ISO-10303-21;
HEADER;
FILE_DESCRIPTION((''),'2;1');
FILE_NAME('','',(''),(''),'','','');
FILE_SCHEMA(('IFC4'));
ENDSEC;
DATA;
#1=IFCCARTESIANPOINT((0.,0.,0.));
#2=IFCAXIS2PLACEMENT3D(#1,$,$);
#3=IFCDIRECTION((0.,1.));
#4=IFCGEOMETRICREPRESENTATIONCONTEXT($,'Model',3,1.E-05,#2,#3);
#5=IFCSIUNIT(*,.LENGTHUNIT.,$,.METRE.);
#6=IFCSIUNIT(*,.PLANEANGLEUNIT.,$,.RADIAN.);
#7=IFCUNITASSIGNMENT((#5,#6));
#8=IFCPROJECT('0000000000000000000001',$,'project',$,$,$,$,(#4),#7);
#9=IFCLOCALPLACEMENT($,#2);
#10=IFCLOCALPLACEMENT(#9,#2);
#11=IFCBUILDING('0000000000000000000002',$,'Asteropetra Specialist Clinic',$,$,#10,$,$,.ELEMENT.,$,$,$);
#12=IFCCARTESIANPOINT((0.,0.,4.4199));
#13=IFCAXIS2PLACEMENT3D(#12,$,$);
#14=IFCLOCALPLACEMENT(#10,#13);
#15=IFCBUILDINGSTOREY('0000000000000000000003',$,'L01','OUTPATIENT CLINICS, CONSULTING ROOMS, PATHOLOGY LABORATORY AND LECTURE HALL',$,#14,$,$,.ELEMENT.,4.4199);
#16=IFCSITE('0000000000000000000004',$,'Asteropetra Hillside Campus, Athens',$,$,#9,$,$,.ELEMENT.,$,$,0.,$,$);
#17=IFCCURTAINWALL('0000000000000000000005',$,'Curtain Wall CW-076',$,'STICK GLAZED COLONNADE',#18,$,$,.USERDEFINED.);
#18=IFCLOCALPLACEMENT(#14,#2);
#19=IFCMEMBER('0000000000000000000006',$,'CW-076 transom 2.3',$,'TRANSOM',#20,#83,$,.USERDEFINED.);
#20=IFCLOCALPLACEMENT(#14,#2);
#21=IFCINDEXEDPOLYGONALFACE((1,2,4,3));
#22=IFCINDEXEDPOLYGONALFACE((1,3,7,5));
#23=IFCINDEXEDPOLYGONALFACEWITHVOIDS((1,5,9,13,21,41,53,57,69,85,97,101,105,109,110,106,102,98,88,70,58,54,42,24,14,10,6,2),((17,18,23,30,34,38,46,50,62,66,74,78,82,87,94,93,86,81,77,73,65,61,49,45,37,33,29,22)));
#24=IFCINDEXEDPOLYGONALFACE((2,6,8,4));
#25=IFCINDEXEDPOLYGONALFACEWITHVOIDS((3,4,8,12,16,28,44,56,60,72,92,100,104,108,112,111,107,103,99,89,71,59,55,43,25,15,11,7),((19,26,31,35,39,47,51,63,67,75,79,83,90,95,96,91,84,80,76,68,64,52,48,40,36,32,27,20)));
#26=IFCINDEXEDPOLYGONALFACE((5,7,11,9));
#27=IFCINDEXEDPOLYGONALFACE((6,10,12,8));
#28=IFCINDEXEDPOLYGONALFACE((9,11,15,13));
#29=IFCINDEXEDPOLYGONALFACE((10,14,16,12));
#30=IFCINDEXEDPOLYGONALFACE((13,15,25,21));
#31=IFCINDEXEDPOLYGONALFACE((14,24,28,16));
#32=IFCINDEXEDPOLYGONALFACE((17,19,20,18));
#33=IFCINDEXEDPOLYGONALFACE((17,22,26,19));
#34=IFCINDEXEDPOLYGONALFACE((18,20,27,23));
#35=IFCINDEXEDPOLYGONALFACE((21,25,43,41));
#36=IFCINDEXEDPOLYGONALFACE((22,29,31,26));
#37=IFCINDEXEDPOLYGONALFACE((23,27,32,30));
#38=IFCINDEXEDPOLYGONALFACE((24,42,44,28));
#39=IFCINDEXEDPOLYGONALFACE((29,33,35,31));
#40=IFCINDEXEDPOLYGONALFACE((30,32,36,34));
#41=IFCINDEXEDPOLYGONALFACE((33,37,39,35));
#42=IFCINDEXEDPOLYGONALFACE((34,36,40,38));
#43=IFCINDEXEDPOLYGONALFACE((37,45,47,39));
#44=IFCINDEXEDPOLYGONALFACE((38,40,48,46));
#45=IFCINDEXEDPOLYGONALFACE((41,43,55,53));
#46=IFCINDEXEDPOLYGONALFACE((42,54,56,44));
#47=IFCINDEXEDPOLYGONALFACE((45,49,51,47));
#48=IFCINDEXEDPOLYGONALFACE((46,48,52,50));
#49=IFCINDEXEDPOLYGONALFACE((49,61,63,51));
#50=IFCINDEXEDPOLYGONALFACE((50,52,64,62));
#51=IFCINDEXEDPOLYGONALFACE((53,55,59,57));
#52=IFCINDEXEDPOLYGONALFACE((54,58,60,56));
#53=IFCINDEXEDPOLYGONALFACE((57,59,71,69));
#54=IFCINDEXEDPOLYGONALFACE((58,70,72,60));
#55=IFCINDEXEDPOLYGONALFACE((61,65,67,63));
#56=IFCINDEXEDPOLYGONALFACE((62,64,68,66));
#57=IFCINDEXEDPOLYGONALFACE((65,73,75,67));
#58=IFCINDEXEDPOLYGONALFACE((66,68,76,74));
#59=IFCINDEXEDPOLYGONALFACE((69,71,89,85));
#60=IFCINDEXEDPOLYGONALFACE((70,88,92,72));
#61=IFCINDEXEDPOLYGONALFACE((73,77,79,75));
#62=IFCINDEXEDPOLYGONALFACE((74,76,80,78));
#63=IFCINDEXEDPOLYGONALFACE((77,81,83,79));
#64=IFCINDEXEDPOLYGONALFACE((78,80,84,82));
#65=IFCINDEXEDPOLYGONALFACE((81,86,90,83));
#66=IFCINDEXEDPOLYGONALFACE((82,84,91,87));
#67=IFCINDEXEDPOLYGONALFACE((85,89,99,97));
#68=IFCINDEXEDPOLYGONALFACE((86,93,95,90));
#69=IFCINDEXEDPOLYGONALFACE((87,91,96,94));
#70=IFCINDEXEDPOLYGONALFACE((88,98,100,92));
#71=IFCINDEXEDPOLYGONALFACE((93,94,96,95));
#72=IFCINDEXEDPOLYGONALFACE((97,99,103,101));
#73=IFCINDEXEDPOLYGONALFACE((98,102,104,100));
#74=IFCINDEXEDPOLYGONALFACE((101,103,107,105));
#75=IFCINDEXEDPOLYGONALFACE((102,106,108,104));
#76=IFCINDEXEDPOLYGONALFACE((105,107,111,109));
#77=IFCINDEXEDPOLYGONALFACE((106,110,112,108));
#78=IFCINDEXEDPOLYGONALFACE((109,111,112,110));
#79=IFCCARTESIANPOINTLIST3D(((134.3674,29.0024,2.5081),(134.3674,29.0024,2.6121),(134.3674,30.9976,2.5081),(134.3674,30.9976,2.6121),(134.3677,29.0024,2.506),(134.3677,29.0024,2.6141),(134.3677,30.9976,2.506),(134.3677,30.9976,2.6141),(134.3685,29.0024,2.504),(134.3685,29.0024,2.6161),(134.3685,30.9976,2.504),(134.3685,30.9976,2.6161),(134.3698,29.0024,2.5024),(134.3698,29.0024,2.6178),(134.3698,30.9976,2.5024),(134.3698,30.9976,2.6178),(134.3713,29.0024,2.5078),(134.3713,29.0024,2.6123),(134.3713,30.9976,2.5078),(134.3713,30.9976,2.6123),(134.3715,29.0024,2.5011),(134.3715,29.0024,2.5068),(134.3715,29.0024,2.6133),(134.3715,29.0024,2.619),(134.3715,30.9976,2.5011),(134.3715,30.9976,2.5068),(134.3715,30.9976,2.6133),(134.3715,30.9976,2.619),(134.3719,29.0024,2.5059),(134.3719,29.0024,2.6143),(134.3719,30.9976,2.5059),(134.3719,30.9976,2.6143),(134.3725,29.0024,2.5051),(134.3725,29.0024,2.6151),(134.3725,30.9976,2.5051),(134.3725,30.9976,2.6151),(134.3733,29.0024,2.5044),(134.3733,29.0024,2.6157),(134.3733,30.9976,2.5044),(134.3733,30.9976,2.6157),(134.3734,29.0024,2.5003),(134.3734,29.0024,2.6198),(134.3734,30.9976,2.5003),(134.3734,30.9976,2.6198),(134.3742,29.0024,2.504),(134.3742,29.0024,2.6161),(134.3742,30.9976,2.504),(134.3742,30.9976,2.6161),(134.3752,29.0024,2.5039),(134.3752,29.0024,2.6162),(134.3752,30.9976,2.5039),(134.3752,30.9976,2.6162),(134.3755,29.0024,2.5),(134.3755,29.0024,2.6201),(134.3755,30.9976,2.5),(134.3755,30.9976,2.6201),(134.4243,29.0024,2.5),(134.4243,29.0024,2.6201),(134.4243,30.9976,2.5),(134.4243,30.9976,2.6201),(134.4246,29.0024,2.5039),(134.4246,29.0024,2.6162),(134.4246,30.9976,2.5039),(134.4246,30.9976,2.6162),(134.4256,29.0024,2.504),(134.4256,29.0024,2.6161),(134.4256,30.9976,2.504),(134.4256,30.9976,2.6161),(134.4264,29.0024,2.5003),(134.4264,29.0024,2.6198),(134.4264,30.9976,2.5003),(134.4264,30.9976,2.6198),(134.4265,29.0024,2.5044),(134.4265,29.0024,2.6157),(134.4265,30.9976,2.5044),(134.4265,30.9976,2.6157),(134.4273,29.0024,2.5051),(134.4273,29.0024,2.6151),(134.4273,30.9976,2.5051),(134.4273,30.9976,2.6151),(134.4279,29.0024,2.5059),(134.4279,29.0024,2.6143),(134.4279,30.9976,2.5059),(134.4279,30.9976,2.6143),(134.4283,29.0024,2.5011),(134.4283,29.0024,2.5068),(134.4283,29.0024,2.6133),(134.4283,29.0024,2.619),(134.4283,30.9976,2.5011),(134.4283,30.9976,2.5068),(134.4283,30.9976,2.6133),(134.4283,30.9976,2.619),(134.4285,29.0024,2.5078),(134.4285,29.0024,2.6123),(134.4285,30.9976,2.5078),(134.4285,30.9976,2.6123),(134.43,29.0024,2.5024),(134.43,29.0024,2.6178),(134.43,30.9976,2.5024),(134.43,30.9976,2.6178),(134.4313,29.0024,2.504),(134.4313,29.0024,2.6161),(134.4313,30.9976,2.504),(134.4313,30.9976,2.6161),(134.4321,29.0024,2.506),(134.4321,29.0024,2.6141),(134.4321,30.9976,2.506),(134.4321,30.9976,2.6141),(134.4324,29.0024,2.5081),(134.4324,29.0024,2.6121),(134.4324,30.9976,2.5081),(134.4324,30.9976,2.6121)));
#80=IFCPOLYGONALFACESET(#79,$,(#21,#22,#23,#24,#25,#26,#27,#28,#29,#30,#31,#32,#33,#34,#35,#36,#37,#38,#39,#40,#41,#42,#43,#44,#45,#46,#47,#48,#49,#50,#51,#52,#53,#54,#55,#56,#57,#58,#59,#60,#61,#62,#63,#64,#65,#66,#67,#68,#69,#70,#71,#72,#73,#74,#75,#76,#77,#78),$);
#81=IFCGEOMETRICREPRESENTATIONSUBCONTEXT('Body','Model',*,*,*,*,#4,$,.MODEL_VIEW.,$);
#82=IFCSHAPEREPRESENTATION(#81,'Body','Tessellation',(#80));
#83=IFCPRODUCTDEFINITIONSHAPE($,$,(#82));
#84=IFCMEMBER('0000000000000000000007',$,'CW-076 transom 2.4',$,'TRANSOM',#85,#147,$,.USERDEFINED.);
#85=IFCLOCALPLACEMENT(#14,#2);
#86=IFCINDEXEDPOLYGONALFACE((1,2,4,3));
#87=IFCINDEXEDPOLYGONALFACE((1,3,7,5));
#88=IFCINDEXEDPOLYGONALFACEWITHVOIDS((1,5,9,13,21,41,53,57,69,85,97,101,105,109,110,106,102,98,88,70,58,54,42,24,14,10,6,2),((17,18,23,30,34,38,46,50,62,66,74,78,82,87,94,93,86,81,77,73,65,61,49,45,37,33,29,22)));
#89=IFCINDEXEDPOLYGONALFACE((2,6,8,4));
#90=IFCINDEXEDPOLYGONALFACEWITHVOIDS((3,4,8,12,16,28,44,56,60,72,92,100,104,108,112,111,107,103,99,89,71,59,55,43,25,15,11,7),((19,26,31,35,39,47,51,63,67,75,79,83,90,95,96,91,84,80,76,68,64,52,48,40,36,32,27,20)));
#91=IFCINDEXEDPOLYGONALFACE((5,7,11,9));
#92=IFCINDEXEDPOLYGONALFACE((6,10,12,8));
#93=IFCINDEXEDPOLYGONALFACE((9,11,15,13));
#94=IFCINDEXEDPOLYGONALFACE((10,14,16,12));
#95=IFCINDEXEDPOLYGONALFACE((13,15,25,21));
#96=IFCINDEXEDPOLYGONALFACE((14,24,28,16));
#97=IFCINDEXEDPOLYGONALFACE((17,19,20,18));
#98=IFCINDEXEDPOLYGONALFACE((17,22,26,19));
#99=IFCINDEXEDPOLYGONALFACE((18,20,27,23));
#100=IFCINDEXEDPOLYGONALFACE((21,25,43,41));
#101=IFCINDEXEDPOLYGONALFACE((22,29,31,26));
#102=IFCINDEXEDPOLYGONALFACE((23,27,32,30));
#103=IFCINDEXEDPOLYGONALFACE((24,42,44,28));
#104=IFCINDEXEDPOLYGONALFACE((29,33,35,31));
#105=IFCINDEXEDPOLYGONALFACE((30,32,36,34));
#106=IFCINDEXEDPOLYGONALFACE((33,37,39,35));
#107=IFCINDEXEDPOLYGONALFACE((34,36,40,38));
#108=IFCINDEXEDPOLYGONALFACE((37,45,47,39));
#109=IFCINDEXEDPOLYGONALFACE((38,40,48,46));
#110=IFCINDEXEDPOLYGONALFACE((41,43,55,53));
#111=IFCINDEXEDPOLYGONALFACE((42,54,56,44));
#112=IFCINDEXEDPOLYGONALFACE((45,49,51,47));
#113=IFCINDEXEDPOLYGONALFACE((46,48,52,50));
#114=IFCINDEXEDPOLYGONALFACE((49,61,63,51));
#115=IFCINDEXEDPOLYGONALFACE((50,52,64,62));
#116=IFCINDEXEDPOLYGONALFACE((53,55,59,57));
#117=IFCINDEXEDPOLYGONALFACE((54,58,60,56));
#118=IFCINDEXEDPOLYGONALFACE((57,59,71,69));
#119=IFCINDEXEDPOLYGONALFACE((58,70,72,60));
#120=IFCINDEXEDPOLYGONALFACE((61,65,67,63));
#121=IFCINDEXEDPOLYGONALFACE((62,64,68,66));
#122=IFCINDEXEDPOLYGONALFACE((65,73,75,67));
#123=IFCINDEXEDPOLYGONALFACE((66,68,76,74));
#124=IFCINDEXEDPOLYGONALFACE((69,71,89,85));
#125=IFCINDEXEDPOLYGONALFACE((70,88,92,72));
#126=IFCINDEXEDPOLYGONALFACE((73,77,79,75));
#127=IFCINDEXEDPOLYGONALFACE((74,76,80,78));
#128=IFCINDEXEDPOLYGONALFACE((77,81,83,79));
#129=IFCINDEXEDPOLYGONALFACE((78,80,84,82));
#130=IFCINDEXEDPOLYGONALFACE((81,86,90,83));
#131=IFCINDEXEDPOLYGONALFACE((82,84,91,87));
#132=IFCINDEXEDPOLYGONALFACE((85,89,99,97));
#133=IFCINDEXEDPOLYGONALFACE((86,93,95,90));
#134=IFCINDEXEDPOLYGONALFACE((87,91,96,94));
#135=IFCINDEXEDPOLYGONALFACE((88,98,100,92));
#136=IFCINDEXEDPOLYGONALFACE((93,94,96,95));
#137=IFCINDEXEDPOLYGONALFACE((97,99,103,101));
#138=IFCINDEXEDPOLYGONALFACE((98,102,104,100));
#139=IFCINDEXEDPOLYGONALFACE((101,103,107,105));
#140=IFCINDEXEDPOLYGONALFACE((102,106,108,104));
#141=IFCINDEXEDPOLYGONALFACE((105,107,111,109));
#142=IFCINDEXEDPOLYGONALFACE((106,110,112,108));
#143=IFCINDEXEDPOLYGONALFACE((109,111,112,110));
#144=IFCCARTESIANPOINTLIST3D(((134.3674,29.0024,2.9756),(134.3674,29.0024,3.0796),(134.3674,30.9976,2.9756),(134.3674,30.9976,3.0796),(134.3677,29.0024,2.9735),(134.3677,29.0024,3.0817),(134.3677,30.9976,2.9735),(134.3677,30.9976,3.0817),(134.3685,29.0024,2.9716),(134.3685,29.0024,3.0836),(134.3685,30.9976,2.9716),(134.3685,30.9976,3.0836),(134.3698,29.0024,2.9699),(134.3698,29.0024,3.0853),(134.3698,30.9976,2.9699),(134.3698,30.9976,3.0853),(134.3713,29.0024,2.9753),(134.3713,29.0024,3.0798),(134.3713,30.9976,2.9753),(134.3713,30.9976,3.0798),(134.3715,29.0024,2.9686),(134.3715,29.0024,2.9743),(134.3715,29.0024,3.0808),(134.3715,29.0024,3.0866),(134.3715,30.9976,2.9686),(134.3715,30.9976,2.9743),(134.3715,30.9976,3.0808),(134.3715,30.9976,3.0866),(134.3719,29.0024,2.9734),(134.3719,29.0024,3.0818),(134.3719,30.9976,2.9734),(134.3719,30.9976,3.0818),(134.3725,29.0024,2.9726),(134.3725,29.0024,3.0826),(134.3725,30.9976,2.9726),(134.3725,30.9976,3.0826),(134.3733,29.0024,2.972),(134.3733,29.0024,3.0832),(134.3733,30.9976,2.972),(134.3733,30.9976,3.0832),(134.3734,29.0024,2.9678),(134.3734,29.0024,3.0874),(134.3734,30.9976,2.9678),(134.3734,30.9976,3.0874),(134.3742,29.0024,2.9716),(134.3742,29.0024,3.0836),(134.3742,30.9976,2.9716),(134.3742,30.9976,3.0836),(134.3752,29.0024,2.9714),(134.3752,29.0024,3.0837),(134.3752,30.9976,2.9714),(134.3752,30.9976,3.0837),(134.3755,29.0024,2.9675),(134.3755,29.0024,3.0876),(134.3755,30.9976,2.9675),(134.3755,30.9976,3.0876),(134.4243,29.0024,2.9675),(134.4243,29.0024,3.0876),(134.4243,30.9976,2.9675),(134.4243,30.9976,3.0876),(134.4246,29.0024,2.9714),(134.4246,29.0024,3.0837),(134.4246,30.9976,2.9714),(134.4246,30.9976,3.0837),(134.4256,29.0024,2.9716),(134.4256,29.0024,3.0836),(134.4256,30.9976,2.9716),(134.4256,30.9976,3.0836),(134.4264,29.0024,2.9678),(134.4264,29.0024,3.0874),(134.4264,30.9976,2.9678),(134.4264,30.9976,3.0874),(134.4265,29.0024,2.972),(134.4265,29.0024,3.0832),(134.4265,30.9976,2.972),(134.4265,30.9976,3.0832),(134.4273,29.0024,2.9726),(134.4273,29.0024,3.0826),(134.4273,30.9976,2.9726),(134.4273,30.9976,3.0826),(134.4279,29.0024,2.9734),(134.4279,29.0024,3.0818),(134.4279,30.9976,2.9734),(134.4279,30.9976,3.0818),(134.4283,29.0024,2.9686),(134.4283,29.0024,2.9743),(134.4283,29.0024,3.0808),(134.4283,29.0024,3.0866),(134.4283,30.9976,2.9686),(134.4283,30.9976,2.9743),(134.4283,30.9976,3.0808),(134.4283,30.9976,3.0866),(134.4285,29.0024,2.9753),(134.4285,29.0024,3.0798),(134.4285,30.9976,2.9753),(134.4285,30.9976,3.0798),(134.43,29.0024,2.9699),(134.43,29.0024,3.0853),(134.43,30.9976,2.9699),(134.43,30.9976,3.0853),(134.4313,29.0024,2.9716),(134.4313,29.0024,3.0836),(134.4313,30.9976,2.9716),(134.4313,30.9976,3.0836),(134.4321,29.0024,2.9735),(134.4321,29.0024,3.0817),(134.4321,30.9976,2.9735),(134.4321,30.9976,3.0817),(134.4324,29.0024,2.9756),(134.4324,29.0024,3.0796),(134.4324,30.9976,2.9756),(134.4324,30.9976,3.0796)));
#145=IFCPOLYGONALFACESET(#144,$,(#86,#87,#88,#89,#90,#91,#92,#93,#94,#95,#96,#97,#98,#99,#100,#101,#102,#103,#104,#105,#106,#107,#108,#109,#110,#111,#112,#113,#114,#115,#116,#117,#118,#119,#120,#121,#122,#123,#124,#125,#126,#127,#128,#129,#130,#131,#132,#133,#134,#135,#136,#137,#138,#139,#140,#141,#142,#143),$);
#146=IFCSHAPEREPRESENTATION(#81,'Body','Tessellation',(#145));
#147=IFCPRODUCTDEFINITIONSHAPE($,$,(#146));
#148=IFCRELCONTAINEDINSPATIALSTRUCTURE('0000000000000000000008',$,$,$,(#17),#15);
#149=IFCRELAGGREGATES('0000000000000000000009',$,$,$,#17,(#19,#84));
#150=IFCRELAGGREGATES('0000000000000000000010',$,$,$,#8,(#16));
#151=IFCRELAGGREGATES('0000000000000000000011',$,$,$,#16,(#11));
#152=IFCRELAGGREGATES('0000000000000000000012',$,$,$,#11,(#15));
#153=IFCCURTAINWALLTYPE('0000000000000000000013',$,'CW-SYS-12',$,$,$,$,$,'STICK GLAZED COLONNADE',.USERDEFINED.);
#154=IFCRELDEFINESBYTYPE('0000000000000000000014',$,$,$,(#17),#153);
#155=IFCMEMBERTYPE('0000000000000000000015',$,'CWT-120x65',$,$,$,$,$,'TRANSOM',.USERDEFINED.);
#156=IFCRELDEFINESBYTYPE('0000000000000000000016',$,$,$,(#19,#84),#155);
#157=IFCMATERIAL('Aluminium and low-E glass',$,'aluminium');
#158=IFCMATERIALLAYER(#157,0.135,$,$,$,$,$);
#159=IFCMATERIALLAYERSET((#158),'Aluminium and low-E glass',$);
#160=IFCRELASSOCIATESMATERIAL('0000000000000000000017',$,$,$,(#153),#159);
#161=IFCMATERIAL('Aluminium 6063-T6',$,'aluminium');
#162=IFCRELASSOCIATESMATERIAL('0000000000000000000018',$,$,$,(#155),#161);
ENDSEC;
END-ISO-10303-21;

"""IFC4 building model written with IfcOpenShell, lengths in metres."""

from ifc_helpers import new_model, si_unit, direction, frame, origin, origin_2d, place, context, subcontext, project, spatial, hollow_rectangle, extrude, material, layer, layer_set, material_profile, profile_set, type_object, element, aggregate, save


model = new_model("IFC4")

# Units and contexts
model_context = context("Model", 3, precision=1e-05, world=origin(), true_north=direction((0.0, 1.0)))
body_context = subcontext(model_context, "Body", "Model", "MODEL_VIEW")
ifc_project = project(units=[si_unit("LENGTHUNIT", "METRE"), si_unit("PLANEANGLEUNIT", "RADIAN")], contexts=[model_context])

# Site, building, storey
site_placement = place(None, origin())
site = spatial("IfcSite", under=ifc_project, at=site_placement, Name="Asteropetra Hillside Campus, Athens", CompositionType="ELEMENT", RefElevation=0.0)
building_placement = place(site_placement, origin())
building = spatial("IfcBuilding", under=site, at=building_placement, Name="Asteropetra Specialist Clinic", CompositionType="ELEMENT")
storey_placement = place(building_placement, frame((0.0, 0.0, 4.4199)))
storey = spatial("IfcBuildingStorey", under=building, at=storey_placement, Name="L01", Description="OUTPATIENT CLINICS, CONSULTING ROOMS, PATHOLOGY LABORATORY AND LECTURE HALL", CompositionType="ELEMENT", Elevation=4.4199)

# Curtain wall, members
ifc_material_1 = material(Name="Aluminium and low-E glass", Category="aluminium")
ifc_layer_1 = layer(ifc_material_1, 0.135)
ifc_layer_set_1 = layer_set([ifc_layer_1], Name="Aluminium and low-E glass")
curtain_wall_type = type_object("IfcCurtainWallType", Name="CW-SYS-12", ElementType="STICK GLAZED COLONNADE", PredefinedType="USERDEFINED", material=ifc_layer_set_1)
curtain_wall_placement = place(storey_placement, origin())
curtain_wall = element("IfcCurtainWall", 1, at=curtain_wall_placement, inside=storey, type_object=curtain_wall_type, Name="Curtain Wall CW-076", ObjectType="STICK GLAZED COLONNADE", PredefinedType="USERDEFINED")
ifc_material_2 = material(Name="Aluminium 6063-T6", Category="aluminium")
ifc_material_profile_1 = material_profile(ifc_material_2, hollow_rectangle(XDim=0.0649, YDim=0.1201, WallThickness=0.0039, InnerFilletRadius=0.0039, OuterFilletRadius=0.0081, at=origin_2d()), Name="TRN 120x65x4.0")
ifc_profile_set_1 = profile_set([ifc_material_profile_1], Name="Aluminium 6063-T6")
member_type_1 = type_object("IfcMemberType", Name="CWT-120x65", ElementType="TRANSOM", PredefinedType="USERDEFINED", material=ifc_profile_set_1)
member_1_placement = place(storey_placement, frame((134.3999, 29.0024, 2.5601), z_axis=(0.0, 1.0, 0.0), x_axis=(-1.0, 0.0, 0.0)))
member_1 = element("IfcMember", 2, at=member_1_placement, type_object=member_type_1, Name="CW-076 transom 2.3", ObjectType="TRANSOM", PredefinedType="USERDEFINED", context=body_context, shape_type="SweptSolid", body=[
    extrude(hollow_rectangle(XDim=0.0649, YDim=0.1201, WallThickness=0.0039, InnerFilletRadius=0.0039, OuterFilletRadius=0.0081, at=origin_2d()), origin(), (0.0, 0.0, 1.0), 1.9951),
])
member_2_placement = place(storey_placement, frame((134.3999, 29.0024, 3.0276), z_axis=(0.0, 1.0, 0.0), x_axis=(-1.0, 0.0, 0.0)))
member_2 = element("IfcMember", 3, at=member_2_placement, type_object=member_type_1, Name="CW-076 transom 2.4", ObjectType="TRANSOM", PredefinedType="USERDEFINED", context=body_context, shape_type="SweptSolid", body=[
    extrude(hollow_rectangle(XDim=0.0649, YDim=0.1201, WallThickness=0.0039, InnerFilletRadius=0.0039, OuterFilletRadius=0.0081, at=origin_2d()), origin(), (0.0, 0.0, 1.0), 1.9951),
])

aggregate(curtain_wall, [member_1, member_2])

save(model, "model.ifc")
